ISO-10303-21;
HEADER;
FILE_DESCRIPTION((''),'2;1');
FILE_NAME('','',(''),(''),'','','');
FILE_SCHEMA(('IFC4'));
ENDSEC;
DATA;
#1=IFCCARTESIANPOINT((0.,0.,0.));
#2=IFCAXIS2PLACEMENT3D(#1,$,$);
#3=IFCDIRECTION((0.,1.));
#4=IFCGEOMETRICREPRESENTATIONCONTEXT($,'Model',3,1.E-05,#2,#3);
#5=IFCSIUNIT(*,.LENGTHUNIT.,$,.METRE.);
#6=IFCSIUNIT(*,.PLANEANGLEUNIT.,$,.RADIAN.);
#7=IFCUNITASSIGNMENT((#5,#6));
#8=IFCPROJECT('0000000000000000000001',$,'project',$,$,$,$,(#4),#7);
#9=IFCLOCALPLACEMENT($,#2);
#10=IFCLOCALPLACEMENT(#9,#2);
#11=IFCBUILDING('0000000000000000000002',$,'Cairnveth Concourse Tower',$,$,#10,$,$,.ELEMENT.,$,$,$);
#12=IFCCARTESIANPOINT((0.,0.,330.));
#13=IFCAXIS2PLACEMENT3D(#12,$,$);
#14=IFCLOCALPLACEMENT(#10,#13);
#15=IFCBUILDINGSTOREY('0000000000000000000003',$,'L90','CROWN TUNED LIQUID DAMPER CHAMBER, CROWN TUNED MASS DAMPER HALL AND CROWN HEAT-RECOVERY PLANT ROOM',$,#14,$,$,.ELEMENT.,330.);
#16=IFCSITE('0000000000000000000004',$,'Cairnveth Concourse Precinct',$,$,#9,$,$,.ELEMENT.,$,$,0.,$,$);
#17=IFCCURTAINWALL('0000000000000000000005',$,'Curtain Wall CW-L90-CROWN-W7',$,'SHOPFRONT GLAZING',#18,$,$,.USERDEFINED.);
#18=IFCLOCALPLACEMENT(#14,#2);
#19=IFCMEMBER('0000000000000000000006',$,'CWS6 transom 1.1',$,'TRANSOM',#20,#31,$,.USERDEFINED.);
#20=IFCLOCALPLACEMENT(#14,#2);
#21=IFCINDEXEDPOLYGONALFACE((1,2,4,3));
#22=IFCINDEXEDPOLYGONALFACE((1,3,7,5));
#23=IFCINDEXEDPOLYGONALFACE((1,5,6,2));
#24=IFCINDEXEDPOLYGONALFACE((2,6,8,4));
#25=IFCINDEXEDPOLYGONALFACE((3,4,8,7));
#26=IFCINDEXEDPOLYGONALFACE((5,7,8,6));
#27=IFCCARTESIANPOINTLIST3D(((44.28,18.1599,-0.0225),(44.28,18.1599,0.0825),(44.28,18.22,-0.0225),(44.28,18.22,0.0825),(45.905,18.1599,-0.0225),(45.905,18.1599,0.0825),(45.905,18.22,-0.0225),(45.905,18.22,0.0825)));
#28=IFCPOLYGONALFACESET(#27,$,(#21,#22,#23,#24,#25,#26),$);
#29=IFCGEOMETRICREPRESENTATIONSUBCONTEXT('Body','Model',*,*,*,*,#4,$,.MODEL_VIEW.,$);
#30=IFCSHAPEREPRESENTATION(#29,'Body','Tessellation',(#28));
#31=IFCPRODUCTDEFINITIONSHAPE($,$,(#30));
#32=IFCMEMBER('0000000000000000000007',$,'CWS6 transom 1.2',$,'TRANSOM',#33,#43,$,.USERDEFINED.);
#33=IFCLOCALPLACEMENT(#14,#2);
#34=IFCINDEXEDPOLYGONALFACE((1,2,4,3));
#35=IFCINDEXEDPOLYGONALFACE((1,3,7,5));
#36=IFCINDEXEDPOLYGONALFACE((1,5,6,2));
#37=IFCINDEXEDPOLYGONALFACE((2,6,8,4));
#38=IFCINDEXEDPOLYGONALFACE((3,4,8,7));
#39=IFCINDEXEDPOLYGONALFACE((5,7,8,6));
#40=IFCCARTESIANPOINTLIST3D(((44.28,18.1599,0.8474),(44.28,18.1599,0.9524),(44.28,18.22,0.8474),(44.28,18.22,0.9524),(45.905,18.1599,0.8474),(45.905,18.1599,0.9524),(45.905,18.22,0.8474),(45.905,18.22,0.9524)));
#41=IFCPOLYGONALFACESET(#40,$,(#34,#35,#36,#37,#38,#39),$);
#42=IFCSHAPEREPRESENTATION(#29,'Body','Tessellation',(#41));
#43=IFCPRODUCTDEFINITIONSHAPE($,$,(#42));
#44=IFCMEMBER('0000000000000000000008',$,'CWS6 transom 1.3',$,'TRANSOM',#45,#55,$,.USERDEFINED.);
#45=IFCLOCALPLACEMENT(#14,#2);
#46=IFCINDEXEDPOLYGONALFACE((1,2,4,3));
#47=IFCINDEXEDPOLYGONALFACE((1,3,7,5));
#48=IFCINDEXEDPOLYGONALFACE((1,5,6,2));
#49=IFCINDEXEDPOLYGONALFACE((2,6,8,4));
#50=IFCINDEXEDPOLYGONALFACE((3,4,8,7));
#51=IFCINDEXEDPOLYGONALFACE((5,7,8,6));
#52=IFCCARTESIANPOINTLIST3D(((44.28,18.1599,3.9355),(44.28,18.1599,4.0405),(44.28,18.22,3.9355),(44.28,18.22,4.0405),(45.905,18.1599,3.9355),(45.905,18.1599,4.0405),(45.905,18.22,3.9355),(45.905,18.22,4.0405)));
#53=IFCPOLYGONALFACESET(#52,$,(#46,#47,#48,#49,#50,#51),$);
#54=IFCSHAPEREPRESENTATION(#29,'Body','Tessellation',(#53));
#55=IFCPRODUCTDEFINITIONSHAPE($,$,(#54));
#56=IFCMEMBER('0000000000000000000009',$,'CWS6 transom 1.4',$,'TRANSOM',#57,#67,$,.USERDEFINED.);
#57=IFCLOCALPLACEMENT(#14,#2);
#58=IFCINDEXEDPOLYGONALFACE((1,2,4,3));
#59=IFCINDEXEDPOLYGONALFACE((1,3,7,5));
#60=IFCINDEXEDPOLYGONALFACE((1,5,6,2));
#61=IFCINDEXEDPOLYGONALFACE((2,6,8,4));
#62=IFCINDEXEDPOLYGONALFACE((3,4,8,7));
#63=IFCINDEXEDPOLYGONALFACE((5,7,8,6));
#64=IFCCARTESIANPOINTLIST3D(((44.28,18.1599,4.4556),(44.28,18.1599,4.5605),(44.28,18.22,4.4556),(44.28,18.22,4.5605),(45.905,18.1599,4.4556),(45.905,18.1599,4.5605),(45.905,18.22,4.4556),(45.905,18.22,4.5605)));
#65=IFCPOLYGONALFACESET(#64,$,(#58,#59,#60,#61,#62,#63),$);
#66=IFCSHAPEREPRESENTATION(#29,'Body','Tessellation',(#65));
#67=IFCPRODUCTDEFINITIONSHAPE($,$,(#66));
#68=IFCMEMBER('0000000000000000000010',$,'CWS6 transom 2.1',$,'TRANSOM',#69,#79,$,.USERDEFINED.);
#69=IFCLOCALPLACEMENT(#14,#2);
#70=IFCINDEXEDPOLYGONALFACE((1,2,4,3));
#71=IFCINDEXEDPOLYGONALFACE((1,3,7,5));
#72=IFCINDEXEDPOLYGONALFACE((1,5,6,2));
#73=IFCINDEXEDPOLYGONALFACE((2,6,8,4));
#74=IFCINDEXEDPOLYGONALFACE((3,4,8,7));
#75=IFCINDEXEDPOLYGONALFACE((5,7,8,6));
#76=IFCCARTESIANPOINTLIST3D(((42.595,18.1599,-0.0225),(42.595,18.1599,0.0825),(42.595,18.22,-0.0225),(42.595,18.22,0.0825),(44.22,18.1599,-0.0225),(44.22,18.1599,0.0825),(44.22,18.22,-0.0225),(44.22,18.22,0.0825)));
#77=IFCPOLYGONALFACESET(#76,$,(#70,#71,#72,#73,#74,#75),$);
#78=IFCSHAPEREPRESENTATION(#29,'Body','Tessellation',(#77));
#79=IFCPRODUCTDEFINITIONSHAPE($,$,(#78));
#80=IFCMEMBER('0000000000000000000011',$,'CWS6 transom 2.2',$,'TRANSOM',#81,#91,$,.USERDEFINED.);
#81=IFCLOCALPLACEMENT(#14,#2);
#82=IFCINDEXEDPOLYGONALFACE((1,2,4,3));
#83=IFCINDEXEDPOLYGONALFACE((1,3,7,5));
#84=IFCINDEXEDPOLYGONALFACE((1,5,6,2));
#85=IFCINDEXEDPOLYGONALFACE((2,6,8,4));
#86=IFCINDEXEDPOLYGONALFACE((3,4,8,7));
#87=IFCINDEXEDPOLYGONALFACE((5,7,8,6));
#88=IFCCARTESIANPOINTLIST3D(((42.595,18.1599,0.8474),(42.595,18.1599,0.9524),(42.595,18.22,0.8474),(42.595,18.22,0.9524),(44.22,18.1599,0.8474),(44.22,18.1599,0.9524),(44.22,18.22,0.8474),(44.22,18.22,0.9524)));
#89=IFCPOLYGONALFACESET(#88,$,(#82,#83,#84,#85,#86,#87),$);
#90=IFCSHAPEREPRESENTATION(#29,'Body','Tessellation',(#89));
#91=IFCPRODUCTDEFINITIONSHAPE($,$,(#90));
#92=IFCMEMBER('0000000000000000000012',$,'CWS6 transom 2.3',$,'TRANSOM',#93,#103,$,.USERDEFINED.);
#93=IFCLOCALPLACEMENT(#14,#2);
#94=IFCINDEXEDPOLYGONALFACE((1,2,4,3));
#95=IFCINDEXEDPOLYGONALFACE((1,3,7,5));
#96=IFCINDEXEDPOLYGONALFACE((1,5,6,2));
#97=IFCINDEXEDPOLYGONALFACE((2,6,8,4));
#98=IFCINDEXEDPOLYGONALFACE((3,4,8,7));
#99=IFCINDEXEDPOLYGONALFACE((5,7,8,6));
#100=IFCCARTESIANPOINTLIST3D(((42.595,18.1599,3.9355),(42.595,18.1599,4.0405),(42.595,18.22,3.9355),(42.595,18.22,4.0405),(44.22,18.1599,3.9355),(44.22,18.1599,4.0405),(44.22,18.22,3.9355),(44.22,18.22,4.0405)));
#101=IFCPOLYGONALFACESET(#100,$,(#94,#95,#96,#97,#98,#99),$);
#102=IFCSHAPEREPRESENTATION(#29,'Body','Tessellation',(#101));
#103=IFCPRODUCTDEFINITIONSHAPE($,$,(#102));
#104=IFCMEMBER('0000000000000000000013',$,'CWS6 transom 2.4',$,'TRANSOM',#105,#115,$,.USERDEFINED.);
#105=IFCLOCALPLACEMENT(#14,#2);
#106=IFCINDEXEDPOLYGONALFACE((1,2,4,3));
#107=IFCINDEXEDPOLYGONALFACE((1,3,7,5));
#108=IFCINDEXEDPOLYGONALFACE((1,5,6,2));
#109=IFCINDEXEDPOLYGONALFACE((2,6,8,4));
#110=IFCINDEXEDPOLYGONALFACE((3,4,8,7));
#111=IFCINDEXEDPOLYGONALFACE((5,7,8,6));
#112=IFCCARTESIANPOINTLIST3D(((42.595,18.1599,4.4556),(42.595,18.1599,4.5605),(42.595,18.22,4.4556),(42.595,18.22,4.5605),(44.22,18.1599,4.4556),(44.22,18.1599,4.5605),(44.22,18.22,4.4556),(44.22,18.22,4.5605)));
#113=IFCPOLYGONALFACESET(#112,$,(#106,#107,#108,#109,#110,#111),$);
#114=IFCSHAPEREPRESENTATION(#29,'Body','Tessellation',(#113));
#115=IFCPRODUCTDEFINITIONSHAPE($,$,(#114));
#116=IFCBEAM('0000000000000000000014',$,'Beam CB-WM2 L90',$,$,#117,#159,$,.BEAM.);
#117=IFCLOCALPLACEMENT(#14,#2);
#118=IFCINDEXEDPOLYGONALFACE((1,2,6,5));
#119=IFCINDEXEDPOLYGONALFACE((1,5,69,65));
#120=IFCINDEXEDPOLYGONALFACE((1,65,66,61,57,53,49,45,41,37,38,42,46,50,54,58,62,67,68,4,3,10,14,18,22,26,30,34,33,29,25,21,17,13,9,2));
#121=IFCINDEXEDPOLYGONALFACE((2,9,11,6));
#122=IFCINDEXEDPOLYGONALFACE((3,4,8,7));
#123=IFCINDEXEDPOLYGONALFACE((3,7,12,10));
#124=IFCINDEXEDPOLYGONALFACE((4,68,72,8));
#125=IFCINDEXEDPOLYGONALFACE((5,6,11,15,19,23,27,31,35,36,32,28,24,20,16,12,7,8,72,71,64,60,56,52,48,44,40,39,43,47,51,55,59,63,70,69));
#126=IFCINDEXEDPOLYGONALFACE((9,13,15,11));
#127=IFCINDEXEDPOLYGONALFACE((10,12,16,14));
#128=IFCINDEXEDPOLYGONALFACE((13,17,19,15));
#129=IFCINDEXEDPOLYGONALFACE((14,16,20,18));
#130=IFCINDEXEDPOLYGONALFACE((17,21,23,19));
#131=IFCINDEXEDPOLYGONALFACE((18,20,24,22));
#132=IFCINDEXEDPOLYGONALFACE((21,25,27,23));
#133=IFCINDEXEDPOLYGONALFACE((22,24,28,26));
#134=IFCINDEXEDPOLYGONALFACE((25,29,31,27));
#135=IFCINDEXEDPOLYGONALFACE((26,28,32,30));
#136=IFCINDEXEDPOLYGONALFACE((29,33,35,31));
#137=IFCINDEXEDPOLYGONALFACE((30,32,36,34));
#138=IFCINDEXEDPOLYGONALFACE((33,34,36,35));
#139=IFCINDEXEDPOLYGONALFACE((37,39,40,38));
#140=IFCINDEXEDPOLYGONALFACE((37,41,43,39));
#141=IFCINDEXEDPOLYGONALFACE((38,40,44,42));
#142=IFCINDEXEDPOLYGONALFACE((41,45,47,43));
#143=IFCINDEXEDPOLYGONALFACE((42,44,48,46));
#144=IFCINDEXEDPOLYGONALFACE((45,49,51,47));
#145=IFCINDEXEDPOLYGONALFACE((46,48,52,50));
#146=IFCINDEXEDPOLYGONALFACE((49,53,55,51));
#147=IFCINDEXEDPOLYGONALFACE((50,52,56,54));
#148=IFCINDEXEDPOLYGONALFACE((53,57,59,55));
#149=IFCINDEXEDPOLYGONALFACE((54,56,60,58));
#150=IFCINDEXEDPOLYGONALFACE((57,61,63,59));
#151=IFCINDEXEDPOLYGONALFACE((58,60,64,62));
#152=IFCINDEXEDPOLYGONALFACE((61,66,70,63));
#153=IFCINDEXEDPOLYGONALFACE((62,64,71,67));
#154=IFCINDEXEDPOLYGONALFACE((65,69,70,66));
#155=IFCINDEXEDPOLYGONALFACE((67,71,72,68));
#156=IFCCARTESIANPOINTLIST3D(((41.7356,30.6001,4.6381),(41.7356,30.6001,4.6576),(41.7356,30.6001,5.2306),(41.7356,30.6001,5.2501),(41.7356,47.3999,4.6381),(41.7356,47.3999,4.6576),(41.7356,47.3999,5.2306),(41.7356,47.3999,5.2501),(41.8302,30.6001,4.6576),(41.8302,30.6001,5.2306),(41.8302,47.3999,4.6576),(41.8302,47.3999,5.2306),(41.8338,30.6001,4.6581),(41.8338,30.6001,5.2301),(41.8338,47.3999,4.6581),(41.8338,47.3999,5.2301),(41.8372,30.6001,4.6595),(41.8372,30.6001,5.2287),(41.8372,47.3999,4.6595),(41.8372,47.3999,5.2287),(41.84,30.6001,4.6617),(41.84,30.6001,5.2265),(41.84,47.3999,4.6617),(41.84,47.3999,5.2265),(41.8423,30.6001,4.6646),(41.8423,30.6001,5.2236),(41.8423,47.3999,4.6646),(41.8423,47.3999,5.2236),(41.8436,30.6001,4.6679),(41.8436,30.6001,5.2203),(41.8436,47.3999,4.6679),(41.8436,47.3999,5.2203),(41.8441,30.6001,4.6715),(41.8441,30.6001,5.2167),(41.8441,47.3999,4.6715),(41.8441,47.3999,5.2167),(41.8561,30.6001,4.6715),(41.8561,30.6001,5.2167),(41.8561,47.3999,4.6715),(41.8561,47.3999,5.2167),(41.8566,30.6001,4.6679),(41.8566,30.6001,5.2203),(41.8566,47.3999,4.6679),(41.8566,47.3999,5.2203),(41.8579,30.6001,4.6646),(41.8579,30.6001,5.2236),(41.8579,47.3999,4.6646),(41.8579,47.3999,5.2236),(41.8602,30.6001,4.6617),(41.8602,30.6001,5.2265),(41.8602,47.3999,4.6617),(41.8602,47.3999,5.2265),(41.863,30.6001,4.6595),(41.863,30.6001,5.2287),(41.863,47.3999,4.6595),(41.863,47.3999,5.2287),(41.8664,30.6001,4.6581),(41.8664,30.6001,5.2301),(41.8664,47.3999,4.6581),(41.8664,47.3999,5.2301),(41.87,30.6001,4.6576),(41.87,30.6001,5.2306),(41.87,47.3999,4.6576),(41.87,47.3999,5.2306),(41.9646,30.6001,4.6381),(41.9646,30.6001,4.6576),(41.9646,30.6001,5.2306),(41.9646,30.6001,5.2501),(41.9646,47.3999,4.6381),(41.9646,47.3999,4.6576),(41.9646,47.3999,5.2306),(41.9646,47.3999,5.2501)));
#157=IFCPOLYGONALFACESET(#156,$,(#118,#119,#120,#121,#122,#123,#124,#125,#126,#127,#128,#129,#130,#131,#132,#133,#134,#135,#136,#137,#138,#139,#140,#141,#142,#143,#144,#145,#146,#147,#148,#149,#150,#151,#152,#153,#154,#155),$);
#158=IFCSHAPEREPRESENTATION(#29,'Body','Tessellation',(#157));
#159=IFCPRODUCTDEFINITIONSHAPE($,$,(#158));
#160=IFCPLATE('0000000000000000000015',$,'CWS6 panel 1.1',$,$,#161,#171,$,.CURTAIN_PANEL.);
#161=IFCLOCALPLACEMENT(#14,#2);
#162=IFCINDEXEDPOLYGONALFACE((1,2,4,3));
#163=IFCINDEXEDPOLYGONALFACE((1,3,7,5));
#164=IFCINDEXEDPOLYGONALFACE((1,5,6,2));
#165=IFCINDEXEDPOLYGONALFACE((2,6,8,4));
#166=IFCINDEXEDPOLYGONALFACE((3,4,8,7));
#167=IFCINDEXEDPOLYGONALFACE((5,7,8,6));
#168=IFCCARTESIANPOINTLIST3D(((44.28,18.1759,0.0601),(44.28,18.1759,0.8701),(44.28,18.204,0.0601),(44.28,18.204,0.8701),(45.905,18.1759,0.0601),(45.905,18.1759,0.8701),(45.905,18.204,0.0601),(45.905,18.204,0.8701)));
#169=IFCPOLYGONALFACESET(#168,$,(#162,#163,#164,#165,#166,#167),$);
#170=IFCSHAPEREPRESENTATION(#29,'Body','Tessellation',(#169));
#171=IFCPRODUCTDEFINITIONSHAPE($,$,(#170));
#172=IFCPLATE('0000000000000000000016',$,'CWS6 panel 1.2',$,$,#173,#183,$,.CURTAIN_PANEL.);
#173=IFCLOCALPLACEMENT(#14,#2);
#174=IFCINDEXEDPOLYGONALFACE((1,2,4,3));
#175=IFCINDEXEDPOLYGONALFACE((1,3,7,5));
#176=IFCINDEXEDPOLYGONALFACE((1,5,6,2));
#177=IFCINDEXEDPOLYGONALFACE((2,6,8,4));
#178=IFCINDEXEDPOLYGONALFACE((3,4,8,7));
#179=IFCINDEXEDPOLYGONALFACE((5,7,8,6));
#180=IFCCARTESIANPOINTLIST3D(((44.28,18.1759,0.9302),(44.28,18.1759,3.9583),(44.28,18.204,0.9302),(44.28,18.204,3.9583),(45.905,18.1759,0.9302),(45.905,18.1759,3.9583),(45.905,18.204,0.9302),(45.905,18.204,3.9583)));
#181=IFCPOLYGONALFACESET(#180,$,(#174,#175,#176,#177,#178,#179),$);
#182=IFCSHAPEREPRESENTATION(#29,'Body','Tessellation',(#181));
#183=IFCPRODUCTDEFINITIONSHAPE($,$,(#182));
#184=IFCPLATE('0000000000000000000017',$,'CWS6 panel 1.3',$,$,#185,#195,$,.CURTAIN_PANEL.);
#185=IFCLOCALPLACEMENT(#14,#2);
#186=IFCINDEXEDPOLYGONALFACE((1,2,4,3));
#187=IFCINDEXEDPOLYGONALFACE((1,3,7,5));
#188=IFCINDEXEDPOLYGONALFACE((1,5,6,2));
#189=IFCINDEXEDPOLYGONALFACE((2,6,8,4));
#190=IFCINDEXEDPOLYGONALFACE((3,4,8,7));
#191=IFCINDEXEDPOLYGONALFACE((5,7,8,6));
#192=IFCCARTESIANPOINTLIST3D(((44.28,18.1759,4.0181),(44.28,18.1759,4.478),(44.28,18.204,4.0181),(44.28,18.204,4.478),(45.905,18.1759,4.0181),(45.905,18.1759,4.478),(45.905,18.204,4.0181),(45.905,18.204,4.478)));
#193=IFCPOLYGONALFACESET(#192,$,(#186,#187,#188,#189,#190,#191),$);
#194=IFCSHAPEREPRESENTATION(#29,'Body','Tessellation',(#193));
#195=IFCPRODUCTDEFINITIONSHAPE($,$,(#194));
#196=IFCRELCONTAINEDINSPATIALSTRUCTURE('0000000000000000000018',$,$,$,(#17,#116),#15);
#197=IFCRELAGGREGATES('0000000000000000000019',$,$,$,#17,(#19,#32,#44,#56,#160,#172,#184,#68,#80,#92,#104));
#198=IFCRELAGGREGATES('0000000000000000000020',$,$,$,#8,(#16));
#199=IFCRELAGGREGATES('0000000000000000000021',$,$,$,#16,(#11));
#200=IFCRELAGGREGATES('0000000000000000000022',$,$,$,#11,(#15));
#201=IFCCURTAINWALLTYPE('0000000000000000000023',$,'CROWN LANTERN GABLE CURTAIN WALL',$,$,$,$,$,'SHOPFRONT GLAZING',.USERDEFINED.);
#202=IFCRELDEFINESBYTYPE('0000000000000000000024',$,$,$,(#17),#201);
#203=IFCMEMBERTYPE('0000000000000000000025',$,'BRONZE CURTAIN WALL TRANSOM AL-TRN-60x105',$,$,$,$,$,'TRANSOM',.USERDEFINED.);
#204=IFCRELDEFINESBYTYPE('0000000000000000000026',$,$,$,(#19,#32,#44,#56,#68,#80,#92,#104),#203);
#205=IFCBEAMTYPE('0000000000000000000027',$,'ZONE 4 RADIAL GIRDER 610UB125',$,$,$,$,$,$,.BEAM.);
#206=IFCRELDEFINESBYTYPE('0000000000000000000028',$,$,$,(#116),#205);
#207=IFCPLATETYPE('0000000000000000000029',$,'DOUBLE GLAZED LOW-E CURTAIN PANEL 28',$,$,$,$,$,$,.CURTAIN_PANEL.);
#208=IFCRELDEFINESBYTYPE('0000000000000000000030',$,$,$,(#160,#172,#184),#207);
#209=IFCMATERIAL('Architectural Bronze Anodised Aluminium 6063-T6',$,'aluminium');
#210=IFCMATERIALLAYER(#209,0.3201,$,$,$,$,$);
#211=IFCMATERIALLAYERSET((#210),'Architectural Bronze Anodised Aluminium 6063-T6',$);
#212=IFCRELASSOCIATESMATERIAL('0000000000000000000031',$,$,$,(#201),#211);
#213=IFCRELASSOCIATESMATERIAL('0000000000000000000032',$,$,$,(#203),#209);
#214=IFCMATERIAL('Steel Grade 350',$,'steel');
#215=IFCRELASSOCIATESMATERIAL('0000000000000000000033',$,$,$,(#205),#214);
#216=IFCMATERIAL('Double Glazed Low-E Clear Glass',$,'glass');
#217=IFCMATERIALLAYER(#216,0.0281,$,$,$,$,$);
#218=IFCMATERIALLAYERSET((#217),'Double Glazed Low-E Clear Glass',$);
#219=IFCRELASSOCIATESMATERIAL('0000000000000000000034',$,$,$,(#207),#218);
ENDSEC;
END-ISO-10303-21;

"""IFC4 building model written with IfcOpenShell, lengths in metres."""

from ifc_helpers import new_model, si_unit, direction, frame, origin, origin_2d, place, context, subcontext, project, spatial, rectangle, i_section, extrude, material, layer, layer_set, material_profile, profile_set, type_object, element, aggregate, save


model = new_model("IFC4")

# Units and contexts
model_context = context("Model", 3, precision=1e-05, world=origin(), true_north=direction((0.0, 1.0)))
body_context = subcontext(model_context, "Body", "Model", "MODEL_VIEW")
ifc_project = project(units=[si_unit("LENGTHUNIT", "METRE"), si_unit("PLANEANGLEUNIT", "RADIAN")], contexts=[model_context])

# Site, building, storey
site_placement = place(None, origin())
site = spatial("IfcSite", under=ifc_project, at=site_placement, Name="Cairnveth Concourse Precinct", CompositionType="ELEMENT", RefElevation=0.0)
building_placement = place(site_placement, origin())
building = spatial("IfcBuilding", under=site, at=building_placement, Name="Cairnveth Concourse Tower", CompositionType="ELEMENT")
storey_placement = place(building_placement, frame((0.0, 0.0, 330.0)))
storey = spatial("IfcBuildingStorey", under=building, at=storey_placement, Name="L90", Description="CROWN TUNED LIQUID DAMPER CHAMBER, CROWN TUNED MASS DAMPER HALL AND CROWN HEAT-RECOVERY PLANT ROOM", CompositionType="ELEMENT", Elevation=330.0)

# Shared definitions
ifc_material_1 = material(Name="Steel Grade 350", Category="steel")

# Curtain wall, members
ifc_material_2 = material(Name="Architectural Bronze Anodised Aluminium 6063-T6", Category="aluminium")
ifc_layer_1 = layer(ifc_material_2, 0.3201)
ifc_layer_set_1 = layer_set([ifc_layer_1], Name="Architectural Bronze Anodised Aluminium 6063-T6")
curtain_wall_type = type_object("IfcCurtainWallType", Name="CROWN LANTERN GABLE CURTAIN WALL", ElementType="SHOPFRONT GLAZING", PredefinedType="USERDEFINED", material=ifc_layer_set_1)
curtain_wall_placement = place(storey_placement, origin())
curtain_wall = element("IfcCurtainWall", 1, at=curtain_wall_placement, inside=storey, type_object=curtain_wall_type, Name="Curtain Wall CW-L90-CROWN-W7", ObjectType="SHOPFRONT GLAZING", PredefinedType="USERDEFINED")
ifc_material_profile_1 = material_profile(ifc_material_2, rectangle(XDim=0.0601, YDim=0.105, at=origin_2d()), Name="AL-TRN-60x105")
ifc_profile_set_1 = profile_set([ifc_material_profile_1], Name="Architectural Bronze Anodised Aluminium 6063-T6")
member_type_1 = type_object("IfcMemberType", Name="BRONZE CURTAIN WALL TRANSOM AL-TRN-60x105", ElementType="TRANSOM", PredefinedType="USERDEFINED", material=ifc_profile_set_1)
member_1_placement = place(storey_placement, frame((45.905, 18.1899, 0.03), z_axis=(-1.0, 0.0, 0.0), x_axis=(0.0, -1.0, 0.0)))
member_1 = element("IfcMember", 2, at=member_1_placement, type_object=member_type_1, Name="CWS6 transom 1.1", ObjectType="TRANSOM", PredefinedType="USERDEFINED", context=body_context, shape_type="SweptSolid", body=[
    extrude(rectangle(XDim=0.0601, YDim=0.105, at=origin_2d()), origin(), (0.0, 0.0, 1.0), 1.625),
])
member_2_placement = place(storey_placement, frame((45.905, 18.1899, 0.8999), z_axis=(-1.0, 0.0, 0.0), x_axis=(0.0, -1.0, 0.0)))
member_2 = element("IfcMember", 3, at=member_2_placement, type_object=member_type_1, Name="CWS6 transom 1.2", ObjectType="TRANSOM", PredefinedType="USERDEFINED", context=body_context, shape_type="SweptSolid", body=[
    extrude(rectangle(XDim=0.0601, YDim=0.105, at=origin_2d()), origin(), (0.0, 0.0, 1.0), 1.625),
])
member_3_placement = place(storey_placement, frame((45.905, 18.1899, 3.988), z_axis=(-1.0, 0.0, 0.0), x_axis=(0.0, -1.0, 0.0)))
member_3 = element("IfcMember", 4, at=member_3_placement, type_object=member_type_1, Name="CWS6 transom 1.3", ObjectType="TRANSOM", PredefinedType="USERDEFINED", context=body_context, shape_type="SweptSolid", body=[
    extrude(rectangle(XDim=0.0601, YDim=0.105, at=origin_2d()), origin(), (0.0, 0.0, 1.0), 1.625),
])
member_4_placement = place(storey_placement, frame((45.905, 18.1899, 4.5081), z_axis=(-1.0, 0.0, 0.0), x_axis=(0.0, -1.0, 0.0)))
member_4 = element("IfcMember", 5, at=member_4_placement, type_object=member_type_1, Name="CWS6 transom 1.4", ObjectType="TRANSOM", PredefinedType="USERDEFINED", context=body_context, shape_type="SweptSolid", body=[
    extrude(rectangle(XDim=0.0601, YDim=0.105, at=origin_2d()), origin(), (0.0, 0.0, 1.0), 1.625),
])
member_5_placement = place(storey_placement, frame((44.22, 18.1899, 0.03), z_axis=(-1.0, 0.0, 0.0), x_axis=(0.0, -1.0, 0.0)))
member_5 = element("IfcMember", 6, at=member_5_placement, type_object=member_type_1, Name="CWS6 transom 2.1", ObjectType="TRANSOM", PredefinedType="USERDEFINED", context=body_context, shape_type="SweptSolid", body=[
    extrude(rectangle(XDim=0.0601, YDim=0.105, at=origin_2d()), origin(), (0.0, 0.0, 1.0), 1.625),
])
member_6_placement = place(storey_placement, frame((44.22, 18.1899, 0.8999), z_axis=(-1.0, 0.0, 0.0), x_axis=(0.0, -1.0, 0.0)))
member_6 = element("IfcMember", 7, at=member_6_placement, type_object=member_type_1, Name="CWS6 transom 2.2", ObjectType="TRANSOM", PredefinedType="USERDEFINED", context=body_context, shape_type="SweptSolid", body=[
    extrude(rectangle(XDim=0.0601, YDim=0.105, at=origin_2d()), origin(), (0.0, 0.0, 1.0), 1.625),
])
member_7_placement = place(storey_placement, frame((44.22, 18.1899, 3.988), z_axis=(-1.0, 0.0, 0.0), x_axis=(0.0, -1.0, 0.0)))
member_7 = element("IfcMember", 8, at=member_7_placement, type_object=member_type_1, Name="CWS6 transom 2.3", ObjectType="TRANSOM", PredefinedType="USERDEFINED", context=body_context, shape_type="SweptSolid", body=[
    extrude(rectangle(XDim=0.0601, YDim=0.105, at=origin_2d()), origin(), (0.0, 0.0, 1.0), 1.625),
])
member_8_placement = place(storey_placement, frame((44.22, 18.1899, 4.5081), z_axis=(-1.0, 0.0, 0.0), x_axis=(0.0, -1.0, 0.0)))
member_8 = element("IfcMember", 9, at=member_8_placement, type_object=member_type_1, Name="CWS6 transom 2.4", ObjectType="TRANSOM", PredefinedType="USERDEFINED", context=body_context, shape_type="SweptSolid", body=[
    extrude(rectangle(XDim=0.0601, YDim=0.105, at=origin_2d()), origin(), (0.0, 0.0, 1.0), 1.625),
])

# Beam
ifc_material_profile_2 = material_profile(ifc_material_1, i_section(OverallWidth=0.229, OverallDepth=0.6121, WebThickness=0.012, FlangeThickness=0.0195, FilletRadius=0.0139, at=origin_2d()), Name="610UB125")
ifc_profile_set_2 = profile_set([ifc_material_profile_2], Name="Steel Grade 350")
beam_type = type_object("IfcBeamType", Name="ZONE 4 RADIAL GIRDER 610UB125", PredefinedType="BEAM", material=ifc_profile_set_2)
beam_placement = place(storey_placement, frame((41.8501, 30.6001, 4.9441), z_axis=(0.0, 1.0, 0.0), x_axis=(-1.0, 0.0, 0.0)))
element("IfcBeam", 10, at=beam_placement, inside=storey, type_object=beam_type, Name="Beam CB-WM2 L90", PredefinedType="BEAM", context=body_context, shape_type="SweptSolid", body=[
    extrude(i_section(OverallWidth=0.229, OverallDepth=0.6121, WebThickness=0.012, FlangeThickness=0.0195, FilletRadius=0.0139, at=origin_2d()), origin(), (0.0, 0.0, 1.0), 16.7998),
])

# Plates
ifc_material_3 = material(Name="Double Glazed Low-E Clear Glass", Category="glass")
ifc_layer_2 = layer(ifc_material_3, 0.0281)
ifc_layer_set_2 = layer_set([ifc_layer_2], Name="Double Glazed Low-E Clear Glass")
plate_type = type_object("IfcPlateType", Name="DOUBLE GLAZED LOW-E CURTAIN PANEL 28", PredefinedType="CURTAIN_PANEL", material=ifc_layer_set_2)
plate_1_placement = place(storey_placement, frame((45.0925, 18.1899, 0.0601), z_axis=(0.0, 0.0, 1.0), x_axis=(-1.0, 0.0, 0.0)))
plate_1 = element("IfcPlate", 11, at=plate_1_placement, type_object=plate_type, Name="CWS6 panel 1.1", PredefinedType="CURTAIN_PANEL", context=body_context, shape_type="SweptSolid", body=[
    extrude(rectangle(XDim=1.625, YDim=0.0281, at=origin_2d()), origin(), (0.0, 0.0, 1.0), 0.8101),
])
plate_2_placement = place(storey_placement, frame((45.0925, 18.1899, 0.9302), z_axis=(0.0, 0.0, 1.0), x_axis=(-1.0, 0.0, 0.0)))
plate_2 = element("IfcPlate", 12, at=plate_2_placement, type_object=plate_type, Name="CWS6 panel 1.2", PredefinedType="CURTAIN_PANEL", context=body_context, shape_type="SweptSolid", body=[
    extrude(rectangle(XDim=1.625, YDim=0.0281, at=origin_2d()), origin(), (0.0, 0.0, 1.0), 3.0281),
])
plate_3_placement = place(storey_placement, frame((45.0925, 18.1899, 4.0181), z_axis=(0.0, 0.0, 1.0), x_axis=(-1.0, 0.0, 0.0)))
plate_3 = element("IfcPlate", 13, at=plate_3_placement, type_object=plate_type, Name="CWS6 panel 1.3", PredefinedType="CURTAIN_PANEL", context=body_context, shape_type="SweptSolid", body=[
    extrude(rectangle(XDim=1.625, YDim=0.0281, at=origin_2d()), origin(), (0.0, 0.0, 1.0), 0.46),
])
aggregate(curtain_wall, [member_1, member_2, member_3, member_4, plate_1, plate_2, plate_3, member_5, member_6, member_7, member_8])

save(model, "model.ifc")
